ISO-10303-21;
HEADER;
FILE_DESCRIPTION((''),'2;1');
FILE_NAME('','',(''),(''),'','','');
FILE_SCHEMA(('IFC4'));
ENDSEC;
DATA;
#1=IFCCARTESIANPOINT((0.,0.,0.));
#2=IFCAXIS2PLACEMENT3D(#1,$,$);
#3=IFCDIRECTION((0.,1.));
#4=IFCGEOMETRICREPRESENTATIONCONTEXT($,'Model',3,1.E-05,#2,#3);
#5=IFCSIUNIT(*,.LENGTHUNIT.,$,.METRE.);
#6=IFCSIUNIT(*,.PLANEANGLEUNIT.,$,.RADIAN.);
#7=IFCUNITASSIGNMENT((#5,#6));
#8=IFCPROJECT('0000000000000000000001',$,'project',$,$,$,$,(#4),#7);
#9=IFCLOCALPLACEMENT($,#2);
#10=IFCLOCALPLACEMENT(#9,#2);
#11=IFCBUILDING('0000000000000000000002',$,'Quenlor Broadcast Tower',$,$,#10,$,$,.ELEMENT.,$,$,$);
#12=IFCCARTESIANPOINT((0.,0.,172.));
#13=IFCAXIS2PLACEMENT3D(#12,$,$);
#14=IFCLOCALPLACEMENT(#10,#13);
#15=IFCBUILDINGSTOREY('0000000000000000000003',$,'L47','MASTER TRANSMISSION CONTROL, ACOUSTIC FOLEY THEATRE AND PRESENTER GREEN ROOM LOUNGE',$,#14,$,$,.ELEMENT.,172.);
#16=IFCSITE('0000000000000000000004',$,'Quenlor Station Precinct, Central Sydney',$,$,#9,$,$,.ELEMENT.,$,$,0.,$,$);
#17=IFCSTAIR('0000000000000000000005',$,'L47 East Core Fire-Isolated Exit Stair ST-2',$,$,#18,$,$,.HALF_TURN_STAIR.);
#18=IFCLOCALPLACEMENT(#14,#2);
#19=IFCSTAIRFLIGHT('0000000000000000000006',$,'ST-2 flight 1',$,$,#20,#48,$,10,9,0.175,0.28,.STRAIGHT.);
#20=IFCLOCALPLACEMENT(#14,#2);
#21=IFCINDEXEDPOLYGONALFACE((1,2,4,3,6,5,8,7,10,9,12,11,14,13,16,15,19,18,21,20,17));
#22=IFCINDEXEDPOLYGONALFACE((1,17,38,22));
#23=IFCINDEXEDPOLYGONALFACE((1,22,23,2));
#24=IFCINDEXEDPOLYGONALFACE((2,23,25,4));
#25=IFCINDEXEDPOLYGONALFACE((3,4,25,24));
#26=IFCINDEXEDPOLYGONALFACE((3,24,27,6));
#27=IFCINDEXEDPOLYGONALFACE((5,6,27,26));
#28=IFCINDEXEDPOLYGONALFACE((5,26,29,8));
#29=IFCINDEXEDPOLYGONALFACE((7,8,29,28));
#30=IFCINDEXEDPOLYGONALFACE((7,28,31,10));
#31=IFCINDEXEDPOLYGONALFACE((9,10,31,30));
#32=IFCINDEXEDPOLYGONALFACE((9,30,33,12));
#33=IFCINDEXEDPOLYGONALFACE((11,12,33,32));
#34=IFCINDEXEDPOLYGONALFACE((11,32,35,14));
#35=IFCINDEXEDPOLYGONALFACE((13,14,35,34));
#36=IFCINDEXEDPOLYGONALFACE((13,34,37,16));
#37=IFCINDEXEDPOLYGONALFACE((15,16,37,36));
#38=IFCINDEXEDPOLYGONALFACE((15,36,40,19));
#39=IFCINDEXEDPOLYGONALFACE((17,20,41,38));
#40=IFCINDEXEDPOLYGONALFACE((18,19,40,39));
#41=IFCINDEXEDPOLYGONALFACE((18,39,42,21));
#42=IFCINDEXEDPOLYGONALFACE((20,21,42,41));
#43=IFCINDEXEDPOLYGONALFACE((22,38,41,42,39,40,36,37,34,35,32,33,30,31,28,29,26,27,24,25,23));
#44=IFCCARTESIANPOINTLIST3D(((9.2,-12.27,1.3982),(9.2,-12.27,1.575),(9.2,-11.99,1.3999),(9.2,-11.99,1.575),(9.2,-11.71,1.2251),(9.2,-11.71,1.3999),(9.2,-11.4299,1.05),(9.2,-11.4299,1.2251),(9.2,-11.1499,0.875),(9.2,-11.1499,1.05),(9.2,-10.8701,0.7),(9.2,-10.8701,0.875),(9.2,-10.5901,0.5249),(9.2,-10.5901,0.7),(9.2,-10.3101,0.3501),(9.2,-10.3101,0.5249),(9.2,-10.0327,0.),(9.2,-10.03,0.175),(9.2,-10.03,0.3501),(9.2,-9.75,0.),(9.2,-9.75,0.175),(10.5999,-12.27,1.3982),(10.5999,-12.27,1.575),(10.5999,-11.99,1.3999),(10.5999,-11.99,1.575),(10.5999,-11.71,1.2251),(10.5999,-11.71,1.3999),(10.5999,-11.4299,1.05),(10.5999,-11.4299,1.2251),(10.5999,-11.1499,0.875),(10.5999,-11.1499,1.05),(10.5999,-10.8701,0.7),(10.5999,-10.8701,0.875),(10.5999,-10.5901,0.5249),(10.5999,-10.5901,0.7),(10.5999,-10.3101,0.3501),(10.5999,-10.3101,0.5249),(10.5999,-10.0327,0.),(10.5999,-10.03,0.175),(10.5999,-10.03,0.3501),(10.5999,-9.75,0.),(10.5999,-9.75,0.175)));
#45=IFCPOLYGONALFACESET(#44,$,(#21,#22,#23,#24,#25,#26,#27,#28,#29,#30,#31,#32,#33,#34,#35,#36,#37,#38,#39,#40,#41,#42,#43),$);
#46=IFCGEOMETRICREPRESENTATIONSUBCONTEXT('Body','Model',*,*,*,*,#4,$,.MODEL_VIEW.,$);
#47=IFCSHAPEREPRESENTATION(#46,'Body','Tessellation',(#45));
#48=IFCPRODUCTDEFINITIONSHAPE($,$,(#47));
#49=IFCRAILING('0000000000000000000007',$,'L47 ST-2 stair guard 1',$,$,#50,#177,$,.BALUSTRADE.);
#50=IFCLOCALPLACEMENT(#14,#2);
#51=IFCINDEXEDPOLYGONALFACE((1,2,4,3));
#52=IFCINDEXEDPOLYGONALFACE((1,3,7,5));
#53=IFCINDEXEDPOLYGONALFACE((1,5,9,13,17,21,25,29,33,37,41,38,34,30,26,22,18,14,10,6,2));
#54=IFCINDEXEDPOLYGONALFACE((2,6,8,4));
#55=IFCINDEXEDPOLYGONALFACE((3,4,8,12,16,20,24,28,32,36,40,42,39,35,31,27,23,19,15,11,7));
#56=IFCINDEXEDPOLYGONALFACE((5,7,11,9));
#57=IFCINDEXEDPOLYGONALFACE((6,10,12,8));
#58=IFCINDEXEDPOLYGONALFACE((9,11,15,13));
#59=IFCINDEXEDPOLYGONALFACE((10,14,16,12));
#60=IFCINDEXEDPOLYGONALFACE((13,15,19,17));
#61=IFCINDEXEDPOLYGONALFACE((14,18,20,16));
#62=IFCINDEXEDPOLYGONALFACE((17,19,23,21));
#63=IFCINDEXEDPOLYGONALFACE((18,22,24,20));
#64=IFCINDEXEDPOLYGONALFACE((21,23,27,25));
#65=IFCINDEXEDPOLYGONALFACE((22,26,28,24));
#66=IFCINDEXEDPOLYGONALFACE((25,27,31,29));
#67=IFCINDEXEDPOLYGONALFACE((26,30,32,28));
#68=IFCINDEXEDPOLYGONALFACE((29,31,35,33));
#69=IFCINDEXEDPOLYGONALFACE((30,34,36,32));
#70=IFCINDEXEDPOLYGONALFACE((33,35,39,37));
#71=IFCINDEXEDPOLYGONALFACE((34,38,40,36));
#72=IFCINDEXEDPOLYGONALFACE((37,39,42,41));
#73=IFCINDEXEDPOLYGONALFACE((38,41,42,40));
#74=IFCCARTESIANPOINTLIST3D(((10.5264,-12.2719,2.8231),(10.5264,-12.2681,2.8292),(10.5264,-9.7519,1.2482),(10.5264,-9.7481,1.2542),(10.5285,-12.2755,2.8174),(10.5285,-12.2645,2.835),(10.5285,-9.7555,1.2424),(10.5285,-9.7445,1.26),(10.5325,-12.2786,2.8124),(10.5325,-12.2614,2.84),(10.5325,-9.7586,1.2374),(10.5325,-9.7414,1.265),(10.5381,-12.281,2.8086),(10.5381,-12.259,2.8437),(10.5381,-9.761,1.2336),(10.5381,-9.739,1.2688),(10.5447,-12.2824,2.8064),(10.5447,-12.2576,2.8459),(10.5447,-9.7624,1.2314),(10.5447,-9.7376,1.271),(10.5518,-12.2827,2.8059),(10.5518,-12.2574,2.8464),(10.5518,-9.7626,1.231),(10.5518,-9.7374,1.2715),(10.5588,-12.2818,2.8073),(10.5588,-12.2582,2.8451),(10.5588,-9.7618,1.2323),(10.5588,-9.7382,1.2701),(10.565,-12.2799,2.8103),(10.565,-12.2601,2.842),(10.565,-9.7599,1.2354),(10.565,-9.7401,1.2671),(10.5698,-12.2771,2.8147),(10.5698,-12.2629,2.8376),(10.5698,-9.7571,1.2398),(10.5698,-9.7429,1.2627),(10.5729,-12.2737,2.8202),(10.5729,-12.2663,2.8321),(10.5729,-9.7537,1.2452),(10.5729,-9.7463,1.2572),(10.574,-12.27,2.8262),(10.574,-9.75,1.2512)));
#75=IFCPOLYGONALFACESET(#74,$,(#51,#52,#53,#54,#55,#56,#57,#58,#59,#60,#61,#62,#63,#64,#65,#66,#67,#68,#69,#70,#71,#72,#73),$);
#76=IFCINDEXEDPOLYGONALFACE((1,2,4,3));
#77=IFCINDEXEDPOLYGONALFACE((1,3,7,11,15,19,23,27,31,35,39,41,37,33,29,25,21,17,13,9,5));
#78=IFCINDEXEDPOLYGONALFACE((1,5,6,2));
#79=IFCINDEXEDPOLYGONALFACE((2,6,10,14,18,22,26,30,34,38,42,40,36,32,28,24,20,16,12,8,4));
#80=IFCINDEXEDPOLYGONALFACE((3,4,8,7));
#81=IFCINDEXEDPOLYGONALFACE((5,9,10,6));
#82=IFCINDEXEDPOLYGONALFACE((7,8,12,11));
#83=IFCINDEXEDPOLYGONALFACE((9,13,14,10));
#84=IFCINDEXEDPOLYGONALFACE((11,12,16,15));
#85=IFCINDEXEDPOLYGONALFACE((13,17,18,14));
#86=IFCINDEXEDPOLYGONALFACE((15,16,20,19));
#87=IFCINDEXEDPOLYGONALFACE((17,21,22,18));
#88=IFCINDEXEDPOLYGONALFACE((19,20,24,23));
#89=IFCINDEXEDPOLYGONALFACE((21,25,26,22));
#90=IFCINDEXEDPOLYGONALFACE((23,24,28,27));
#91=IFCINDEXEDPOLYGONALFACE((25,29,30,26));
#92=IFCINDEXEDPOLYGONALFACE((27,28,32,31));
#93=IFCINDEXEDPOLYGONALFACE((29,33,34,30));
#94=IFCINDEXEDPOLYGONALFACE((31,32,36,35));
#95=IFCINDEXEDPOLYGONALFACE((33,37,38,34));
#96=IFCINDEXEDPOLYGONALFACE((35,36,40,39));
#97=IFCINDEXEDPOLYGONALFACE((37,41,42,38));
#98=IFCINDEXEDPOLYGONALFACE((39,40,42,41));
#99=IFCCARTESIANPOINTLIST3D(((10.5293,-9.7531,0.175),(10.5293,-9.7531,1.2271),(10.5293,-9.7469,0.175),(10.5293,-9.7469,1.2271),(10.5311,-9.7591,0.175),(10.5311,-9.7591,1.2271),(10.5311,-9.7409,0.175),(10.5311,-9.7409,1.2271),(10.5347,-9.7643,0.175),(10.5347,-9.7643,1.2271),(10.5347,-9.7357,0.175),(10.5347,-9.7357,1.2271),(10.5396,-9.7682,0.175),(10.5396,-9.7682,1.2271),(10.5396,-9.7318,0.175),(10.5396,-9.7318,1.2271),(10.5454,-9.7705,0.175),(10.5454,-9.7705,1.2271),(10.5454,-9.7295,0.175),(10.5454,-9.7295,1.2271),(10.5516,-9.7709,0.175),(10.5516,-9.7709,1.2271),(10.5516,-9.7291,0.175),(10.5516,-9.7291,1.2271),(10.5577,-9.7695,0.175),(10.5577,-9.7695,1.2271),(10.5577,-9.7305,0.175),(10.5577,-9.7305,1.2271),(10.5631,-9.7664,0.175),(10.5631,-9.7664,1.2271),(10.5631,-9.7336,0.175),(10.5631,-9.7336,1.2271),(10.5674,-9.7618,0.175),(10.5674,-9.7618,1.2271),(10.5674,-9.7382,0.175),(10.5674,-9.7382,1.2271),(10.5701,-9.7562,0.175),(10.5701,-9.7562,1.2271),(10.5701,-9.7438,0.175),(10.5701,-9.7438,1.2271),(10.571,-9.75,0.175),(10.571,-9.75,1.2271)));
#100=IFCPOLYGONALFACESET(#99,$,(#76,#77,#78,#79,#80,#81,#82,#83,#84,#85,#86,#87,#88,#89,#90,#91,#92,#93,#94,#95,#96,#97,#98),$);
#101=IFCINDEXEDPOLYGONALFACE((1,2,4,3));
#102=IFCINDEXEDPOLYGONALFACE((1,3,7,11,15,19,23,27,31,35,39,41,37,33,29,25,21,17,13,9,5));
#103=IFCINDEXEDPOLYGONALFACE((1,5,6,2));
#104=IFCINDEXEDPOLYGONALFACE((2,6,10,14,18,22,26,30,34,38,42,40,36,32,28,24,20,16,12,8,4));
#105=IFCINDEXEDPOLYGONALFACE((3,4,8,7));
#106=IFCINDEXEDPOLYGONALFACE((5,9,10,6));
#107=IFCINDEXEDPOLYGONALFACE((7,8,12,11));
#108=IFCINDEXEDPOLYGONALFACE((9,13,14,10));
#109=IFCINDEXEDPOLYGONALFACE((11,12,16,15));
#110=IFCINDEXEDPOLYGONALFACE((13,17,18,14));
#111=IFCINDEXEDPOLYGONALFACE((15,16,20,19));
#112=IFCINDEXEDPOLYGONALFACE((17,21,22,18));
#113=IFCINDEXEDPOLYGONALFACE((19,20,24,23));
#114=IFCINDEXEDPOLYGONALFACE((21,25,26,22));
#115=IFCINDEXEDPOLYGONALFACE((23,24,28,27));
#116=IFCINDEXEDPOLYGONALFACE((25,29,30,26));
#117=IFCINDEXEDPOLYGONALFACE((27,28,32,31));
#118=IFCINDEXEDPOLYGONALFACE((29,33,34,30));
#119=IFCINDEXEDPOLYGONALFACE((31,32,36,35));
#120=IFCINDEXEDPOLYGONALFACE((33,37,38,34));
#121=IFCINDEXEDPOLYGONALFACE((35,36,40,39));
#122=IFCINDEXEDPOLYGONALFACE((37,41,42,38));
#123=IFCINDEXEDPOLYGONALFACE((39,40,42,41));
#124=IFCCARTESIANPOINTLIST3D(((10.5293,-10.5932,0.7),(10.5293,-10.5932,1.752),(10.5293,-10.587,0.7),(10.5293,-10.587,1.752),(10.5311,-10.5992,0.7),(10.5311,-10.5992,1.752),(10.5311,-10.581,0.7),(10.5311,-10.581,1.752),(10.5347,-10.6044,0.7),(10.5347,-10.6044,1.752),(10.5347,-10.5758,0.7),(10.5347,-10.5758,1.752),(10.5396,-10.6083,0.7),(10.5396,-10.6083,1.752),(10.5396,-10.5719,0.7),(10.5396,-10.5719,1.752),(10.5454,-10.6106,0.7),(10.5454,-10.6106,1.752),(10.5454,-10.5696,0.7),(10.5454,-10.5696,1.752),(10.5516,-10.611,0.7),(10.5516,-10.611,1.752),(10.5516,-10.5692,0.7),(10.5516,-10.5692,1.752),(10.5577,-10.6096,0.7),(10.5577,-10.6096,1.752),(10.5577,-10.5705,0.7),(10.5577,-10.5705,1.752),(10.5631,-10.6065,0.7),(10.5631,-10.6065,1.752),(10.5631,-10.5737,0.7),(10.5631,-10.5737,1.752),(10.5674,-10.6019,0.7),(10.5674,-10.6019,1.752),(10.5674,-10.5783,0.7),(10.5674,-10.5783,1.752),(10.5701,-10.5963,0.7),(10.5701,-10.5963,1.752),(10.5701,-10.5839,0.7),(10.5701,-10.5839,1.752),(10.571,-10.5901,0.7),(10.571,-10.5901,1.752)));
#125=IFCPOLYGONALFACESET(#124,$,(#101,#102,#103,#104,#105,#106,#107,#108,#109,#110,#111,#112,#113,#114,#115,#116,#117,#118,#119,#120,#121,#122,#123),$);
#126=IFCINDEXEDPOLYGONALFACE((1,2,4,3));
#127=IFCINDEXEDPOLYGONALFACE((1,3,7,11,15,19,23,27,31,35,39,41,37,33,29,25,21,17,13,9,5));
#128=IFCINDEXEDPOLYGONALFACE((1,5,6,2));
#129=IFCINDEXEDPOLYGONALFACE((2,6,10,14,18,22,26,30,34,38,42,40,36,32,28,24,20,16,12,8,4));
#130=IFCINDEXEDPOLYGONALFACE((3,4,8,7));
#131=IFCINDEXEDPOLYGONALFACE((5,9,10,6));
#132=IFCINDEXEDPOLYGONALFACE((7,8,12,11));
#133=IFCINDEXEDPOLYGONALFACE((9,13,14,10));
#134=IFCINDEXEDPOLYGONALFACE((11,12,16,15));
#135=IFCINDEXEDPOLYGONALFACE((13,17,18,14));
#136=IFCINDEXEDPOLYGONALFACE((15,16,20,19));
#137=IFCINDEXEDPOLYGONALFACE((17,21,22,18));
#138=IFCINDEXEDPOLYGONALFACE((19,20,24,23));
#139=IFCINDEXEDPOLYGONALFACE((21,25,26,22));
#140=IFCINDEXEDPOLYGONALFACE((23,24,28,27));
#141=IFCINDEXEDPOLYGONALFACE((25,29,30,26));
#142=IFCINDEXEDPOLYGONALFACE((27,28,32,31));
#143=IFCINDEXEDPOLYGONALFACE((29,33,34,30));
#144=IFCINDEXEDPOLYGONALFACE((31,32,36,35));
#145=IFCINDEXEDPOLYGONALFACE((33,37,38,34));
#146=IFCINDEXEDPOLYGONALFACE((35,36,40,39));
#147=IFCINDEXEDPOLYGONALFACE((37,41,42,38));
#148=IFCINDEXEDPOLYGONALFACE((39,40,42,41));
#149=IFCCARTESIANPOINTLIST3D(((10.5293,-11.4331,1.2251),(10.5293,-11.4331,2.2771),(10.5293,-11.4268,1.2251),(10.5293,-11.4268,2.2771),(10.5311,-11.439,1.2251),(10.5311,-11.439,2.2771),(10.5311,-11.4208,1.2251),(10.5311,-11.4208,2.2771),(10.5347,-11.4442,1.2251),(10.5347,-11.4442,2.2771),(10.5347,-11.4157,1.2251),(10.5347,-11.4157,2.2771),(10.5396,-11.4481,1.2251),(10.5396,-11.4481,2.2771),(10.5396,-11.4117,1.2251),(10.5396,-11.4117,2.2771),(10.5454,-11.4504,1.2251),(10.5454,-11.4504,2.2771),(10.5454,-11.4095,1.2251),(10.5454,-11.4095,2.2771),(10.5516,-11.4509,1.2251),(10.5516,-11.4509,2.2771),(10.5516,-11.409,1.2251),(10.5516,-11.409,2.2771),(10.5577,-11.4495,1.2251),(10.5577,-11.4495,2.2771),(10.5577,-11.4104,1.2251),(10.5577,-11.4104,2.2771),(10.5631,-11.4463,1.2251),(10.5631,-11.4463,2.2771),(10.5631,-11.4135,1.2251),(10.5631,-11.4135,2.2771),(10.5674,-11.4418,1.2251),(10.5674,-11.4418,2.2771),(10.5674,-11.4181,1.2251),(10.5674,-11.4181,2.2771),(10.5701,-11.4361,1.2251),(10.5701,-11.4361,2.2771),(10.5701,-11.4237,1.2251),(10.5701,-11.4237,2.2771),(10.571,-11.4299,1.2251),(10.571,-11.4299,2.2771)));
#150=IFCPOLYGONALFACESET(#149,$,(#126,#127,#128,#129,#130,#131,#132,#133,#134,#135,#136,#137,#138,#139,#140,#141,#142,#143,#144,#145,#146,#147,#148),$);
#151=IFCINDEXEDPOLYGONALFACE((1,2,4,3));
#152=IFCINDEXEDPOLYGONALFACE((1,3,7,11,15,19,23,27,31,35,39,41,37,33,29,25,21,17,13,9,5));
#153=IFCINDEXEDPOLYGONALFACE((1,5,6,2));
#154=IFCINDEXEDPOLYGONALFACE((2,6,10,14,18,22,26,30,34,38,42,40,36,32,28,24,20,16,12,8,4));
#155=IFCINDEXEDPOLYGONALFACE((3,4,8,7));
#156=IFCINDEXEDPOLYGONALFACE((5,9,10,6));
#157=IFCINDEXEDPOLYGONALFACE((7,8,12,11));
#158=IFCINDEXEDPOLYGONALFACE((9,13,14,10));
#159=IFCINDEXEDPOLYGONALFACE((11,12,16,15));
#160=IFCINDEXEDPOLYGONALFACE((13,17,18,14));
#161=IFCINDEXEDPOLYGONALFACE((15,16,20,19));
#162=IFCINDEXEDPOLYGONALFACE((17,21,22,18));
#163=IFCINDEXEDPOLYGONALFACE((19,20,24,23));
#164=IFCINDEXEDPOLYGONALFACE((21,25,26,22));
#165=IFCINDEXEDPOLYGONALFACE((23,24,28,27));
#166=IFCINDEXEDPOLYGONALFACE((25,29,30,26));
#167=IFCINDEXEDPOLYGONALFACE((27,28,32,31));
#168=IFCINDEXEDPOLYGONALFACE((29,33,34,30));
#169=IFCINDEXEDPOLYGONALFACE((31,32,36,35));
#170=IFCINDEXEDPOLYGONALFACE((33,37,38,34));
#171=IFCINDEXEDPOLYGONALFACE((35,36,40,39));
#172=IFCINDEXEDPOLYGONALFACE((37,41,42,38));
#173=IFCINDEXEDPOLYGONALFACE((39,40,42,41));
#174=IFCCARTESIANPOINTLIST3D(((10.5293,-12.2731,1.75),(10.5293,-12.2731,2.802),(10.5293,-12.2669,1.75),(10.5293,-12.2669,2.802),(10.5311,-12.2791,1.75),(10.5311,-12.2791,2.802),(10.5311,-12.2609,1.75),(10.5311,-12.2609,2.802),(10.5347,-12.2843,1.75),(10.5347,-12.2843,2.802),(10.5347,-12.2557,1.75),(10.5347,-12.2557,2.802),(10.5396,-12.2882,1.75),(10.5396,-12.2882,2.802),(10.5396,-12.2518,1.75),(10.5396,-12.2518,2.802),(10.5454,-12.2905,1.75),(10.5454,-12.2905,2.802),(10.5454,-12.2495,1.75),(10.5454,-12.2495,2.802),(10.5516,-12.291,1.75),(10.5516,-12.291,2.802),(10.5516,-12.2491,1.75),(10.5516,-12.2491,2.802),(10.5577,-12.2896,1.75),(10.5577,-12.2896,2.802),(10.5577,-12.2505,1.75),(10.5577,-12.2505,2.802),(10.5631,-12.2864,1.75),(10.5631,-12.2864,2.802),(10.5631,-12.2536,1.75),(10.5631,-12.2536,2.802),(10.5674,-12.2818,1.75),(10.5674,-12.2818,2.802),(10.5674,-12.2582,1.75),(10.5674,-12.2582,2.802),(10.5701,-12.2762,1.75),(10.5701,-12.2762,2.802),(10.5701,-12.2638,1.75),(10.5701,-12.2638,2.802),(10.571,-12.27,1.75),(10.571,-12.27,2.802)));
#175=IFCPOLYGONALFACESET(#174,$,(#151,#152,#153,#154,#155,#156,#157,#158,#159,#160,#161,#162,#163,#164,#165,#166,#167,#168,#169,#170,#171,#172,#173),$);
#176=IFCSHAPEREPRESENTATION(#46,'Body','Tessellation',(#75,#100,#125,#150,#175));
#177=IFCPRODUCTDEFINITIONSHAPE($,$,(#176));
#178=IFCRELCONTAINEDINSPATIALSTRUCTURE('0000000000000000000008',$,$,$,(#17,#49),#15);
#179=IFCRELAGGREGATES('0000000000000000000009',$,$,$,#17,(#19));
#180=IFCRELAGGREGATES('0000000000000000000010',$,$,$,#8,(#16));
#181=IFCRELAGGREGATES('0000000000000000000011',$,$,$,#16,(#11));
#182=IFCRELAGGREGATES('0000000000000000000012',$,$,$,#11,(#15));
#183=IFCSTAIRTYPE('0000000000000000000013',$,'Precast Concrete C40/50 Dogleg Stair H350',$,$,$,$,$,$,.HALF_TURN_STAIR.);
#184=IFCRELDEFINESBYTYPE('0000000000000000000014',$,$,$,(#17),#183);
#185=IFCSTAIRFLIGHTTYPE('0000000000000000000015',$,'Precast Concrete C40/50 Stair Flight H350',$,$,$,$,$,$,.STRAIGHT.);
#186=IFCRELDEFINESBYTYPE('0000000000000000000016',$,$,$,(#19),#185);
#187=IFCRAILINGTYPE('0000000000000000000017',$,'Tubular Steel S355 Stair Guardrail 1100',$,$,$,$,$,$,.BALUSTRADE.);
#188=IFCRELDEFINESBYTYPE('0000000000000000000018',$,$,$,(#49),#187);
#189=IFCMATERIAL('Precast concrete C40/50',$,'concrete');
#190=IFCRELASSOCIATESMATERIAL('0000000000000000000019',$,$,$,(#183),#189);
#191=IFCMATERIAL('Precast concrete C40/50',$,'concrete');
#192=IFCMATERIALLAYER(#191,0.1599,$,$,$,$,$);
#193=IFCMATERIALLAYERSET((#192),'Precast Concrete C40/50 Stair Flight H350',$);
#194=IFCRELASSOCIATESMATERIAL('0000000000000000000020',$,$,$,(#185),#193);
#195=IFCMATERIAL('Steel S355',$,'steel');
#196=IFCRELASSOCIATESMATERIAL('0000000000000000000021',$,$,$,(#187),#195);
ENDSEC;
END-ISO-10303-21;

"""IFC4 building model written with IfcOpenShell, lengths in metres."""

from ifc_helpers import new_model, si_unit, direction, frame, origin, origin_2d, place, context, subcontext, project, spatial, polyline, circle, outline, extrude, material, layer, layer_set, type_object, element, aggregate, save


model = new_model("IFC4")

# Units and contexts
model_context = context("Model", 3, precision=1e-05, world=origin(), true_north=direction((0.0, 1.0)))
body_context = subcontext(model_context, "Body", "Model", "MODEL_VIEW")
ifc_project = project(units=[si_unit("LENGTHUNIT", "METRE"), si_unit("PLANEANGLEUNIT", "RADIAN")], contexts=[model_context])

# Site, building, storey
site_placement = place(None, origin())
site = spatial("IfcSite", under=ifc_project, at=site_placement, Name="Quenlor Station Precinct, Central Sydney", CompositionType="ELEMENT", RefElevation=0.0)
building_placement = place(site_placement, origin())
building = spatial("IfcBuilding", under=site, at=building_placement, Name="Quenlor Broadcast Tower", CompositionType="ELEMENT")
storey_placement = place(building_placement, frame((0.0, 0.0, 172.0)))
storey = spatial("IfcBuildingStorey", under=building, at=storey_placement, Name="L47", Description="MASTER TRANSMISSION CONTROL, ACOUSTIC FOLEY THEATRE AND PRESENTER GREEN ROOM LOUNGE", CompositionType="ELEMENT", Elevation=172.0)

# Stair, stair flight
ifc_material_1 = material(Name="Precast concrete C40/50", Category="concrete")
stair_type = type_object("IfcStairType", Name="Precast Concrete C40/50 Dogleg Stair H350", PredefinedType="HALF_TURN_STAIR", material=ifc_material_1)
stair_placement = place(storey_placement, origin())
stair = element("IfcStair", 1, at=stair_placement, inside=storey, type_object=stair_type, Name="L47 East Core Fire-Isolated Exit Stair ST-2", PredefinedType="HALF_TURN_STAIR")
ifc_material_2 = material(Name="Precast concrete C40/50", Category="concrete")
ifc_layer_1 = layer(ifc_material_2, 0.1599)
ifc_layer_set_1 = layer_set([ifc_layer_1], Name="Precast Concrete C40/50 Stair Flight H350")
stair_flight_type = type_object("IfcStairFlightType", Name="Precast Concrete C40/50 Stair Flight H350", PredefinedType="STRAIGHT", material=ifc_layer_set_1)
stair_flight_placement = place(storey_placement, frame((9.8999, -9.75, 0.0), z_axis=(0.0, 0.0, 1.0), x_axis=(0.0, -1.0, 0.0)))
stair_flight = element("IfcStairFlight", 2, at=stair_flight_placement, type_object=stair_flight_type, Name="ST-2 flight 1", NumberOfRisers=10, NumberOfTreads=9, PredefinedType="STRAIGHT", RiserHeight=0.175, TreadLength=0.28, context=body_context, shape_type="SweptSolid", body=[
    extrude(outline(polyline([(0.0, 0.0), (0.0, 0.175), (0.28, 0.175), (0.28, 0.3501), (0.5601, 0.3501), (0.5601, 0.5249), (0.8401, 0.5249), (0.8401, 0.7), (1.1201, 0.7), (1.1201, 0.875), (1.3999, 0.875), (1.3999, 1.05), (1.6799, 1.05), (1.6799, 1.2251), (1.96, 1.2251), (1.96, 1.3999), (2.24, 1.3999), (2.24, 1.575), (2.52, 1.575), (2.52, 1.75), (2.52, 1.3982), (0.2827, 0.0), (0.0, 0.0)])), frame((0.0, 0.7, 0.0), z_axis=(0.0, -1.0, 0.0), x_axis=(1.0, 0.0, 0.0)), (0.0, 0.0, 1.0), 1.3999),
])
aggregate(stair, [stair_flight])

# Railing
ifc_material_3 = material(Name="Steel S355", Category="steel")
railing_type = type_object("IfcRailingType", Name="Tubular Steel S355 Stair Guardrail 1100", PredefinedType="BALUSTRADE", material=ifc_material_3)
railing_1_placement = place(storey_placement, frame((10.55, -9.75, 0.175)))
element("IfcRailing", 3, at=railing_1_placement, inside=storey, type_object=railing_type, Name="L47 ST-2 stair guard 1", PredefinedType="BALUSTRADE", context=body_context, shape_type="SweptSolid", body=[
    extrude(circle(Radius=0.0239, at=origin_2d()), frame((0.0, 0.0, 1.0762), z_axis=(0.0, -0.848008, 0.529984), x_axis=(1.0, 0.0, 0.0)), (0.0, 0.0, 1.0), 2.9717),
    extrude(circle(Radius=0.021, at=origin_2d()), origin(), (0.0, 0.0, 1.0), 1.052),
    extrude(circle(Radius=0.021, at=origin_2d()), frame((0.0, -0.8401, 0.5249)), (0.0, 0.0, 1.0), 1.052),
    extrude(circle(Radius=0.021, at=origin_2d()), frame((0.0, -1.6799, 1.05)), (0.0, 0.0, 1.0), 1.052),
    extrude(circle(Radius=0.021, at=origin_2d()), frame((0.0, -2.52, 1.575)), (0.0, 0.0, 1.0), 1.052),
])

save(model, "model.ifc")
